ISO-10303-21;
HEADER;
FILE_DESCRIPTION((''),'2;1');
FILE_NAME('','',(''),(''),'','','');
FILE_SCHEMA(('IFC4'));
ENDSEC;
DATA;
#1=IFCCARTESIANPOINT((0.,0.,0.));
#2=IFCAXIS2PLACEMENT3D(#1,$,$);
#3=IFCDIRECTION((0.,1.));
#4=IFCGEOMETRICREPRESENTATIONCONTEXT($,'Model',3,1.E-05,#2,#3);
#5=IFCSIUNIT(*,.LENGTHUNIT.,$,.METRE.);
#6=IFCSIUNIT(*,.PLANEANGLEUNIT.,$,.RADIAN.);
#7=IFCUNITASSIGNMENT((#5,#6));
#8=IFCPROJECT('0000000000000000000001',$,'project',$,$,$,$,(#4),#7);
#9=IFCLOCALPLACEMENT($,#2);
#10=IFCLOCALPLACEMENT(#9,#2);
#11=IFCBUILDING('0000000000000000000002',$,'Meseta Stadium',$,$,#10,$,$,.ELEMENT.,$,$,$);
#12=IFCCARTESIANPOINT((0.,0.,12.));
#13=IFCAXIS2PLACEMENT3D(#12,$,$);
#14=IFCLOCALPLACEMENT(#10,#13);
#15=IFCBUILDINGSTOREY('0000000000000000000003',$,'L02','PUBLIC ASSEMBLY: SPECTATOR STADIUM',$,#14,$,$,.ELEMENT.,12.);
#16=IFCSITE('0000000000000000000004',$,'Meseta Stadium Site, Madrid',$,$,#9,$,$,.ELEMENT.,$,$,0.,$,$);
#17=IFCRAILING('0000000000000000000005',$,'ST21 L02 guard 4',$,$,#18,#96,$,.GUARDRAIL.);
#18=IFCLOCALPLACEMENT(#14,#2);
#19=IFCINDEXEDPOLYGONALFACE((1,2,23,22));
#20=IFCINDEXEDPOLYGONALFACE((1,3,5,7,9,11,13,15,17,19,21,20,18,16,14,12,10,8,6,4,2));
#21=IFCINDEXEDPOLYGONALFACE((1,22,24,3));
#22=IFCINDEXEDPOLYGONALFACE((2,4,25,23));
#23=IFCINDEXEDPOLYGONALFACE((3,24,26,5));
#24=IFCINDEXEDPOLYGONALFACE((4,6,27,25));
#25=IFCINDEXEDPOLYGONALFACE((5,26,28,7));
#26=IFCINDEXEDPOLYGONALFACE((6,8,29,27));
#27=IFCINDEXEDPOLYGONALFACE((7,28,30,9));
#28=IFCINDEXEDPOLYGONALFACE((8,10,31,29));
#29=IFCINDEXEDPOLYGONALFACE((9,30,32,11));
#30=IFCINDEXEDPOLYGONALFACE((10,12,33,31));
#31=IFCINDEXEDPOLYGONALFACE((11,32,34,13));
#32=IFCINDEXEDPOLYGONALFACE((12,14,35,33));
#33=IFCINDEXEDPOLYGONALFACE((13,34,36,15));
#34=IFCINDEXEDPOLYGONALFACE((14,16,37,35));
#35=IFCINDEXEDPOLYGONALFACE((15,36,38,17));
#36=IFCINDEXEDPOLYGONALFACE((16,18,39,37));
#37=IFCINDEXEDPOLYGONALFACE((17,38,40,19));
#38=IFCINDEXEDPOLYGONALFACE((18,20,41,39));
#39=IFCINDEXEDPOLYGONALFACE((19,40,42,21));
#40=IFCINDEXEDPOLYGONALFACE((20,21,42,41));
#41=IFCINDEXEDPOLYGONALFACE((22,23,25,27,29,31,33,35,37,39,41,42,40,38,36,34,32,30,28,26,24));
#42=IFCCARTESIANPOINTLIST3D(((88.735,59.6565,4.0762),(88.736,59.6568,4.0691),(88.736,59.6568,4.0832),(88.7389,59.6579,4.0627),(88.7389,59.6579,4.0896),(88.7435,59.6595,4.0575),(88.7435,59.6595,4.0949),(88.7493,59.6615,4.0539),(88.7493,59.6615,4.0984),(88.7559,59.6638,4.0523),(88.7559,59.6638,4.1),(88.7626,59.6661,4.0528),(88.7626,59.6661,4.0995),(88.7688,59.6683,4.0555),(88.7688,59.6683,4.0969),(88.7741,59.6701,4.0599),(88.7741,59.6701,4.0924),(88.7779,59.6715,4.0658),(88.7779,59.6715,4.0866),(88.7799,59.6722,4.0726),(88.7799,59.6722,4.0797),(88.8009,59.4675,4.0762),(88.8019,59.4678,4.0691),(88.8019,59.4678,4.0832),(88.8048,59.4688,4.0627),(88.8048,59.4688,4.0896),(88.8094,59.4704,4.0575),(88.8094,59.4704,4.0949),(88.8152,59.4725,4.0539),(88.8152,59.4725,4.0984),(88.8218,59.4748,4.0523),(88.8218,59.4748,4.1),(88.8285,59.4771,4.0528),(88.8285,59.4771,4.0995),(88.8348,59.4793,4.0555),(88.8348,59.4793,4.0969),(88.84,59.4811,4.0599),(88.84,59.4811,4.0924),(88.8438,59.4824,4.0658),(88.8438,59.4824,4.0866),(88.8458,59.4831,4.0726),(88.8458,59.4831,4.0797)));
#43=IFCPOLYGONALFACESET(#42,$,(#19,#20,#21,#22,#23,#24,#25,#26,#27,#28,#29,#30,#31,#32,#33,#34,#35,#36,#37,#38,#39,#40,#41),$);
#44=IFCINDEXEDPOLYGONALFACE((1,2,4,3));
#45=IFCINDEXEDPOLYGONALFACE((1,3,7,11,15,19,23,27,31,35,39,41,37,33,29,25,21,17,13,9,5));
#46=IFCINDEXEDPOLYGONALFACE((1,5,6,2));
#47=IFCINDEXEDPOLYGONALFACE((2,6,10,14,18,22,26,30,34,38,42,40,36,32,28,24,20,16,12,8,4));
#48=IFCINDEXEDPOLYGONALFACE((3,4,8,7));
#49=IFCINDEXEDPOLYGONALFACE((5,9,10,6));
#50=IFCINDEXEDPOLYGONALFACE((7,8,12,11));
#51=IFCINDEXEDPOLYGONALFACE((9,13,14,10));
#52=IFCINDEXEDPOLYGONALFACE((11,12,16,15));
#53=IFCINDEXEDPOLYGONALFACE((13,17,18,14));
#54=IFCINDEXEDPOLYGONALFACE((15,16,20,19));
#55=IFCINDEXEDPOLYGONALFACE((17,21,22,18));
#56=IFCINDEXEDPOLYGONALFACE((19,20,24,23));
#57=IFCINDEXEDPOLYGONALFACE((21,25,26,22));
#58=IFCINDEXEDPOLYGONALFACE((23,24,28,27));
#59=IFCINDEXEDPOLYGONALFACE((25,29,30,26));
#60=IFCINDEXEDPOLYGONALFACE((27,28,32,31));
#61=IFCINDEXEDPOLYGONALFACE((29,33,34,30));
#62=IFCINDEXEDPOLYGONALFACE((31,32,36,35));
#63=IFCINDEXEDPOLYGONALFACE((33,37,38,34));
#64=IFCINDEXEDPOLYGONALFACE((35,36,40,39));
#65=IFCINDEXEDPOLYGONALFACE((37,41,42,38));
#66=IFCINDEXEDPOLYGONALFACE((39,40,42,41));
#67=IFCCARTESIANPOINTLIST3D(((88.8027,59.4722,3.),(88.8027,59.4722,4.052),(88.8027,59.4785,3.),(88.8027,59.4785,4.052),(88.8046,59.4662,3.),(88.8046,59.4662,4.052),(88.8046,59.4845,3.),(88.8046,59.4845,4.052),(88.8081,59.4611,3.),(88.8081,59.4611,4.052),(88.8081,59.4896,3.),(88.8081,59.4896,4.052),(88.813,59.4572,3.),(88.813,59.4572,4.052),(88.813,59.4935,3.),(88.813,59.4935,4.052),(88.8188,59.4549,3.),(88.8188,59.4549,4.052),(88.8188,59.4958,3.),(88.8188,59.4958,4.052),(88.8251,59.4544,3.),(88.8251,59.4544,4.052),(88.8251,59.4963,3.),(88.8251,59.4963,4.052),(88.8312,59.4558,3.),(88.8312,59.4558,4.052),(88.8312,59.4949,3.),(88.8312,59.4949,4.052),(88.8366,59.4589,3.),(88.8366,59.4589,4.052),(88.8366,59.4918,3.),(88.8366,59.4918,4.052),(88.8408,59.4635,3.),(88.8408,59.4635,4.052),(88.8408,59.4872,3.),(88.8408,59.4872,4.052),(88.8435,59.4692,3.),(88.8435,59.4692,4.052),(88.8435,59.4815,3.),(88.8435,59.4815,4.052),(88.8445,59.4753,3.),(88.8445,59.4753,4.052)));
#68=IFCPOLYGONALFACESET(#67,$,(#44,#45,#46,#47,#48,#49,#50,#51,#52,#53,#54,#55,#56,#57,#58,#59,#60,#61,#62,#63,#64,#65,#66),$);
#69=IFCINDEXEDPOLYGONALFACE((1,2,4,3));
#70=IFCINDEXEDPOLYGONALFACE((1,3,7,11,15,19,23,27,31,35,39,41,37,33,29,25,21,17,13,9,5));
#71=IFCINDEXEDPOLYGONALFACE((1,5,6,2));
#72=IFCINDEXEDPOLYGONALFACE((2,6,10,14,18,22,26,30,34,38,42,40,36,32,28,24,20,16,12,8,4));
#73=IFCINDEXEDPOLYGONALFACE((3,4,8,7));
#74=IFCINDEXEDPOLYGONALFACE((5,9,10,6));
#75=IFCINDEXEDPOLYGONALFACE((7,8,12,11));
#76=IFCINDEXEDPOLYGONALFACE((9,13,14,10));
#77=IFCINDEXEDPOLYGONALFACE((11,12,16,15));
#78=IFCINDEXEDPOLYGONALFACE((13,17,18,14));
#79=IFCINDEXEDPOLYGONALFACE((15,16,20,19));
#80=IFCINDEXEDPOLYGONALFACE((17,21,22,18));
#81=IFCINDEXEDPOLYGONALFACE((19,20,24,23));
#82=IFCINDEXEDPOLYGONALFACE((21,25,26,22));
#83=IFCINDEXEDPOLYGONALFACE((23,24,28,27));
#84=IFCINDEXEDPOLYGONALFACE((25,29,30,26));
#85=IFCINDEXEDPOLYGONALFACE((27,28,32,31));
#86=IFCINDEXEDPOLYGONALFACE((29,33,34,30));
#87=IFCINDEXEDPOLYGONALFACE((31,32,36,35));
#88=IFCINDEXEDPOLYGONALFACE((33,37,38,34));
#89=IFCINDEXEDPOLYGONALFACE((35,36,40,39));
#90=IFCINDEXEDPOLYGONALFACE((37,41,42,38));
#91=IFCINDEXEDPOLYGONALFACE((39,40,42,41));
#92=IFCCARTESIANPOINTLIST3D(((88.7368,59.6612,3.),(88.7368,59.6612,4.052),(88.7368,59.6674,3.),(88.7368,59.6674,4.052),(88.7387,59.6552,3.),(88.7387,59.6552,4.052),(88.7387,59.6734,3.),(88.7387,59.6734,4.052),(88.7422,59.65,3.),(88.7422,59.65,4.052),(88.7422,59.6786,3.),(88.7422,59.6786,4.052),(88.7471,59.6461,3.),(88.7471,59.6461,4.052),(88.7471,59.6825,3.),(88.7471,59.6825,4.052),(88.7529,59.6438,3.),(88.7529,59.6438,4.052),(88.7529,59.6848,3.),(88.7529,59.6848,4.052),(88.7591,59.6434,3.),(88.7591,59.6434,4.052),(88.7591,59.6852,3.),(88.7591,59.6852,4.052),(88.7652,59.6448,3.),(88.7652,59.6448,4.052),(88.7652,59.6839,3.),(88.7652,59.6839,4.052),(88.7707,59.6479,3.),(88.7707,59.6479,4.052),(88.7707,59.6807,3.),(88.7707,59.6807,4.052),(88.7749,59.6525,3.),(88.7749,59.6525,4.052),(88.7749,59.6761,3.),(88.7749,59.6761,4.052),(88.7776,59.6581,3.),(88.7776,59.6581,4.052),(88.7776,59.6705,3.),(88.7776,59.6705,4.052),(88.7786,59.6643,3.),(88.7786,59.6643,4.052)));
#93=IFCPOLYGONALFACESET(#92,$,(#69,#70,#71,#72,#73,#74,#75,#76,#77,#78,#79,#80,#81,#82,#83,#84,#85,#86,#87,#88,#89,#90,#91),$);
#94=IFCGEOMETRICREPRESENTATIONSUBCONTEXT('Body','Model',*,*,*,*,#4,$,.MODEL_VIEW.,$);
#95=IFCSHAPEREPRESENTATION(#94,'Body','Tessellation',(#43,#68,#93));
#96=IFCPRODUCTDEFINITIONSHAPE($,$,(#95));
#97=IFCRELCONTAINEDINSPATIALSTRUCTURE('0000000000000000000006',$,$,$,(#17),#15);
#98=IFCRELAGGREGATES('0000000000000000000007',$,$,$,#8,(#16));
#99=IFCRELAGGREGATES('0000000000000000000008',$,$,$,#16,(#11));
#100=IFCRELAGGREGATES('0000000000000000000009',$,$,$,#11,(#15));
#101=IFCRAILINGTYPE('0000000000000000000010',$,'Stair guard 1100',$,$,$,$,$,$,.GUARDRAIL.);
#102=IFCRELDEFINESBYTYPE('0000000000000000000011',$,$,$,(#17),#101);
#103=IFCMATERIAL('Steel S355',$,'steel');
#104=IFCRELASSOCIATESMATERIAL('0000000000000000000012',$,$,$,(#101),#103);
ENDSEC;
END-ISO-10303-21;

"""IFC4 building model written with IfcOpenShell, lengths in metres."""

from ifc_helpers import new_model, si_unit, direction, frame, origin, origin_2d, place, context, subcontext, project, spatial, circle, extrude, material, type_object, element, save


model = new_model("IFC4")

# Units and contexts
model_context = context("Model", 3, precision=1e-05, world=origin(), true_north=direction((0.0, 1.0)))
body_context = subcontext(model_context, "Body", "Model", "MODEL_VIEW")
ifc_project = project(units=[si_unit("LENGTHUNIT", "METRE"), si_unit("PLANEANGLEUNIT", "RADIAN")], contexts=[model_context])

# Site, building, storey
site_placement = place(None, origin())
site = spatial("IfcSite", under=ifc_project, at=site_placement, Name="Meseta Stadium Site, Madrid", CompositionType="ELEMENT", RefElevation=0.0)
building_placement = place(site_placement, origin())
building = spatial("IfcBuilding", under=site, at=building_placement, Name="Meseta Stadium", CompositionType="ELEMENT")
storey_placement = place(building_placement, frame((0.0, 0.0, 12.0)))
storey = spatial("IfcBuildingStorey", under=building, at=storey_placement, Name="L02", Description="PUBLIC ASSEMBLY: SPECTATOR STADIUM", CompositionType="ELEMENT", Elevation=12.0)

# Railing
ifc_material_1 = material(Name="Steel S355", Category="steel")
railing_type_1 = type_object("IfcRailingType", Name="Stair guard 1100", PredefinedType="GUARDRAIL", material=ifc_material_1)
railing_1_placement = place(storey_placement, frame((88.8235, 59.4753, 3.0)))
element("IfcRailing", 1, at=railing_1_placement, inside=storey, type_object=railing_type_1, Name="ST21 L02 guard 4", PredefinedType="GUARDRAIL", context=body_context, shape_type="SweptSolid", body=[
    extrude(circle(Radius=0.0239, at=origin_2d()), frame((0.0, 0.0, 1.0762), z_axis=(-0.329372, 0.9442, 0.0), x_axis=(-0.9442, -0.329372, 0.0)), (0.0, 0.0, 1.0), 0.2002),
    extrude(circle(Radius=0.021, at=origin_2d()), origin(), (0.0, 0.0, 1.0), 1.052),
    extrude(circle(Radius=0.021, at=origin_2d()), frame((-0.0659, 0.189, 0.0)), (0.0, 0.0, 1.0), 1.052),
])

save(model, "model.ifc")
